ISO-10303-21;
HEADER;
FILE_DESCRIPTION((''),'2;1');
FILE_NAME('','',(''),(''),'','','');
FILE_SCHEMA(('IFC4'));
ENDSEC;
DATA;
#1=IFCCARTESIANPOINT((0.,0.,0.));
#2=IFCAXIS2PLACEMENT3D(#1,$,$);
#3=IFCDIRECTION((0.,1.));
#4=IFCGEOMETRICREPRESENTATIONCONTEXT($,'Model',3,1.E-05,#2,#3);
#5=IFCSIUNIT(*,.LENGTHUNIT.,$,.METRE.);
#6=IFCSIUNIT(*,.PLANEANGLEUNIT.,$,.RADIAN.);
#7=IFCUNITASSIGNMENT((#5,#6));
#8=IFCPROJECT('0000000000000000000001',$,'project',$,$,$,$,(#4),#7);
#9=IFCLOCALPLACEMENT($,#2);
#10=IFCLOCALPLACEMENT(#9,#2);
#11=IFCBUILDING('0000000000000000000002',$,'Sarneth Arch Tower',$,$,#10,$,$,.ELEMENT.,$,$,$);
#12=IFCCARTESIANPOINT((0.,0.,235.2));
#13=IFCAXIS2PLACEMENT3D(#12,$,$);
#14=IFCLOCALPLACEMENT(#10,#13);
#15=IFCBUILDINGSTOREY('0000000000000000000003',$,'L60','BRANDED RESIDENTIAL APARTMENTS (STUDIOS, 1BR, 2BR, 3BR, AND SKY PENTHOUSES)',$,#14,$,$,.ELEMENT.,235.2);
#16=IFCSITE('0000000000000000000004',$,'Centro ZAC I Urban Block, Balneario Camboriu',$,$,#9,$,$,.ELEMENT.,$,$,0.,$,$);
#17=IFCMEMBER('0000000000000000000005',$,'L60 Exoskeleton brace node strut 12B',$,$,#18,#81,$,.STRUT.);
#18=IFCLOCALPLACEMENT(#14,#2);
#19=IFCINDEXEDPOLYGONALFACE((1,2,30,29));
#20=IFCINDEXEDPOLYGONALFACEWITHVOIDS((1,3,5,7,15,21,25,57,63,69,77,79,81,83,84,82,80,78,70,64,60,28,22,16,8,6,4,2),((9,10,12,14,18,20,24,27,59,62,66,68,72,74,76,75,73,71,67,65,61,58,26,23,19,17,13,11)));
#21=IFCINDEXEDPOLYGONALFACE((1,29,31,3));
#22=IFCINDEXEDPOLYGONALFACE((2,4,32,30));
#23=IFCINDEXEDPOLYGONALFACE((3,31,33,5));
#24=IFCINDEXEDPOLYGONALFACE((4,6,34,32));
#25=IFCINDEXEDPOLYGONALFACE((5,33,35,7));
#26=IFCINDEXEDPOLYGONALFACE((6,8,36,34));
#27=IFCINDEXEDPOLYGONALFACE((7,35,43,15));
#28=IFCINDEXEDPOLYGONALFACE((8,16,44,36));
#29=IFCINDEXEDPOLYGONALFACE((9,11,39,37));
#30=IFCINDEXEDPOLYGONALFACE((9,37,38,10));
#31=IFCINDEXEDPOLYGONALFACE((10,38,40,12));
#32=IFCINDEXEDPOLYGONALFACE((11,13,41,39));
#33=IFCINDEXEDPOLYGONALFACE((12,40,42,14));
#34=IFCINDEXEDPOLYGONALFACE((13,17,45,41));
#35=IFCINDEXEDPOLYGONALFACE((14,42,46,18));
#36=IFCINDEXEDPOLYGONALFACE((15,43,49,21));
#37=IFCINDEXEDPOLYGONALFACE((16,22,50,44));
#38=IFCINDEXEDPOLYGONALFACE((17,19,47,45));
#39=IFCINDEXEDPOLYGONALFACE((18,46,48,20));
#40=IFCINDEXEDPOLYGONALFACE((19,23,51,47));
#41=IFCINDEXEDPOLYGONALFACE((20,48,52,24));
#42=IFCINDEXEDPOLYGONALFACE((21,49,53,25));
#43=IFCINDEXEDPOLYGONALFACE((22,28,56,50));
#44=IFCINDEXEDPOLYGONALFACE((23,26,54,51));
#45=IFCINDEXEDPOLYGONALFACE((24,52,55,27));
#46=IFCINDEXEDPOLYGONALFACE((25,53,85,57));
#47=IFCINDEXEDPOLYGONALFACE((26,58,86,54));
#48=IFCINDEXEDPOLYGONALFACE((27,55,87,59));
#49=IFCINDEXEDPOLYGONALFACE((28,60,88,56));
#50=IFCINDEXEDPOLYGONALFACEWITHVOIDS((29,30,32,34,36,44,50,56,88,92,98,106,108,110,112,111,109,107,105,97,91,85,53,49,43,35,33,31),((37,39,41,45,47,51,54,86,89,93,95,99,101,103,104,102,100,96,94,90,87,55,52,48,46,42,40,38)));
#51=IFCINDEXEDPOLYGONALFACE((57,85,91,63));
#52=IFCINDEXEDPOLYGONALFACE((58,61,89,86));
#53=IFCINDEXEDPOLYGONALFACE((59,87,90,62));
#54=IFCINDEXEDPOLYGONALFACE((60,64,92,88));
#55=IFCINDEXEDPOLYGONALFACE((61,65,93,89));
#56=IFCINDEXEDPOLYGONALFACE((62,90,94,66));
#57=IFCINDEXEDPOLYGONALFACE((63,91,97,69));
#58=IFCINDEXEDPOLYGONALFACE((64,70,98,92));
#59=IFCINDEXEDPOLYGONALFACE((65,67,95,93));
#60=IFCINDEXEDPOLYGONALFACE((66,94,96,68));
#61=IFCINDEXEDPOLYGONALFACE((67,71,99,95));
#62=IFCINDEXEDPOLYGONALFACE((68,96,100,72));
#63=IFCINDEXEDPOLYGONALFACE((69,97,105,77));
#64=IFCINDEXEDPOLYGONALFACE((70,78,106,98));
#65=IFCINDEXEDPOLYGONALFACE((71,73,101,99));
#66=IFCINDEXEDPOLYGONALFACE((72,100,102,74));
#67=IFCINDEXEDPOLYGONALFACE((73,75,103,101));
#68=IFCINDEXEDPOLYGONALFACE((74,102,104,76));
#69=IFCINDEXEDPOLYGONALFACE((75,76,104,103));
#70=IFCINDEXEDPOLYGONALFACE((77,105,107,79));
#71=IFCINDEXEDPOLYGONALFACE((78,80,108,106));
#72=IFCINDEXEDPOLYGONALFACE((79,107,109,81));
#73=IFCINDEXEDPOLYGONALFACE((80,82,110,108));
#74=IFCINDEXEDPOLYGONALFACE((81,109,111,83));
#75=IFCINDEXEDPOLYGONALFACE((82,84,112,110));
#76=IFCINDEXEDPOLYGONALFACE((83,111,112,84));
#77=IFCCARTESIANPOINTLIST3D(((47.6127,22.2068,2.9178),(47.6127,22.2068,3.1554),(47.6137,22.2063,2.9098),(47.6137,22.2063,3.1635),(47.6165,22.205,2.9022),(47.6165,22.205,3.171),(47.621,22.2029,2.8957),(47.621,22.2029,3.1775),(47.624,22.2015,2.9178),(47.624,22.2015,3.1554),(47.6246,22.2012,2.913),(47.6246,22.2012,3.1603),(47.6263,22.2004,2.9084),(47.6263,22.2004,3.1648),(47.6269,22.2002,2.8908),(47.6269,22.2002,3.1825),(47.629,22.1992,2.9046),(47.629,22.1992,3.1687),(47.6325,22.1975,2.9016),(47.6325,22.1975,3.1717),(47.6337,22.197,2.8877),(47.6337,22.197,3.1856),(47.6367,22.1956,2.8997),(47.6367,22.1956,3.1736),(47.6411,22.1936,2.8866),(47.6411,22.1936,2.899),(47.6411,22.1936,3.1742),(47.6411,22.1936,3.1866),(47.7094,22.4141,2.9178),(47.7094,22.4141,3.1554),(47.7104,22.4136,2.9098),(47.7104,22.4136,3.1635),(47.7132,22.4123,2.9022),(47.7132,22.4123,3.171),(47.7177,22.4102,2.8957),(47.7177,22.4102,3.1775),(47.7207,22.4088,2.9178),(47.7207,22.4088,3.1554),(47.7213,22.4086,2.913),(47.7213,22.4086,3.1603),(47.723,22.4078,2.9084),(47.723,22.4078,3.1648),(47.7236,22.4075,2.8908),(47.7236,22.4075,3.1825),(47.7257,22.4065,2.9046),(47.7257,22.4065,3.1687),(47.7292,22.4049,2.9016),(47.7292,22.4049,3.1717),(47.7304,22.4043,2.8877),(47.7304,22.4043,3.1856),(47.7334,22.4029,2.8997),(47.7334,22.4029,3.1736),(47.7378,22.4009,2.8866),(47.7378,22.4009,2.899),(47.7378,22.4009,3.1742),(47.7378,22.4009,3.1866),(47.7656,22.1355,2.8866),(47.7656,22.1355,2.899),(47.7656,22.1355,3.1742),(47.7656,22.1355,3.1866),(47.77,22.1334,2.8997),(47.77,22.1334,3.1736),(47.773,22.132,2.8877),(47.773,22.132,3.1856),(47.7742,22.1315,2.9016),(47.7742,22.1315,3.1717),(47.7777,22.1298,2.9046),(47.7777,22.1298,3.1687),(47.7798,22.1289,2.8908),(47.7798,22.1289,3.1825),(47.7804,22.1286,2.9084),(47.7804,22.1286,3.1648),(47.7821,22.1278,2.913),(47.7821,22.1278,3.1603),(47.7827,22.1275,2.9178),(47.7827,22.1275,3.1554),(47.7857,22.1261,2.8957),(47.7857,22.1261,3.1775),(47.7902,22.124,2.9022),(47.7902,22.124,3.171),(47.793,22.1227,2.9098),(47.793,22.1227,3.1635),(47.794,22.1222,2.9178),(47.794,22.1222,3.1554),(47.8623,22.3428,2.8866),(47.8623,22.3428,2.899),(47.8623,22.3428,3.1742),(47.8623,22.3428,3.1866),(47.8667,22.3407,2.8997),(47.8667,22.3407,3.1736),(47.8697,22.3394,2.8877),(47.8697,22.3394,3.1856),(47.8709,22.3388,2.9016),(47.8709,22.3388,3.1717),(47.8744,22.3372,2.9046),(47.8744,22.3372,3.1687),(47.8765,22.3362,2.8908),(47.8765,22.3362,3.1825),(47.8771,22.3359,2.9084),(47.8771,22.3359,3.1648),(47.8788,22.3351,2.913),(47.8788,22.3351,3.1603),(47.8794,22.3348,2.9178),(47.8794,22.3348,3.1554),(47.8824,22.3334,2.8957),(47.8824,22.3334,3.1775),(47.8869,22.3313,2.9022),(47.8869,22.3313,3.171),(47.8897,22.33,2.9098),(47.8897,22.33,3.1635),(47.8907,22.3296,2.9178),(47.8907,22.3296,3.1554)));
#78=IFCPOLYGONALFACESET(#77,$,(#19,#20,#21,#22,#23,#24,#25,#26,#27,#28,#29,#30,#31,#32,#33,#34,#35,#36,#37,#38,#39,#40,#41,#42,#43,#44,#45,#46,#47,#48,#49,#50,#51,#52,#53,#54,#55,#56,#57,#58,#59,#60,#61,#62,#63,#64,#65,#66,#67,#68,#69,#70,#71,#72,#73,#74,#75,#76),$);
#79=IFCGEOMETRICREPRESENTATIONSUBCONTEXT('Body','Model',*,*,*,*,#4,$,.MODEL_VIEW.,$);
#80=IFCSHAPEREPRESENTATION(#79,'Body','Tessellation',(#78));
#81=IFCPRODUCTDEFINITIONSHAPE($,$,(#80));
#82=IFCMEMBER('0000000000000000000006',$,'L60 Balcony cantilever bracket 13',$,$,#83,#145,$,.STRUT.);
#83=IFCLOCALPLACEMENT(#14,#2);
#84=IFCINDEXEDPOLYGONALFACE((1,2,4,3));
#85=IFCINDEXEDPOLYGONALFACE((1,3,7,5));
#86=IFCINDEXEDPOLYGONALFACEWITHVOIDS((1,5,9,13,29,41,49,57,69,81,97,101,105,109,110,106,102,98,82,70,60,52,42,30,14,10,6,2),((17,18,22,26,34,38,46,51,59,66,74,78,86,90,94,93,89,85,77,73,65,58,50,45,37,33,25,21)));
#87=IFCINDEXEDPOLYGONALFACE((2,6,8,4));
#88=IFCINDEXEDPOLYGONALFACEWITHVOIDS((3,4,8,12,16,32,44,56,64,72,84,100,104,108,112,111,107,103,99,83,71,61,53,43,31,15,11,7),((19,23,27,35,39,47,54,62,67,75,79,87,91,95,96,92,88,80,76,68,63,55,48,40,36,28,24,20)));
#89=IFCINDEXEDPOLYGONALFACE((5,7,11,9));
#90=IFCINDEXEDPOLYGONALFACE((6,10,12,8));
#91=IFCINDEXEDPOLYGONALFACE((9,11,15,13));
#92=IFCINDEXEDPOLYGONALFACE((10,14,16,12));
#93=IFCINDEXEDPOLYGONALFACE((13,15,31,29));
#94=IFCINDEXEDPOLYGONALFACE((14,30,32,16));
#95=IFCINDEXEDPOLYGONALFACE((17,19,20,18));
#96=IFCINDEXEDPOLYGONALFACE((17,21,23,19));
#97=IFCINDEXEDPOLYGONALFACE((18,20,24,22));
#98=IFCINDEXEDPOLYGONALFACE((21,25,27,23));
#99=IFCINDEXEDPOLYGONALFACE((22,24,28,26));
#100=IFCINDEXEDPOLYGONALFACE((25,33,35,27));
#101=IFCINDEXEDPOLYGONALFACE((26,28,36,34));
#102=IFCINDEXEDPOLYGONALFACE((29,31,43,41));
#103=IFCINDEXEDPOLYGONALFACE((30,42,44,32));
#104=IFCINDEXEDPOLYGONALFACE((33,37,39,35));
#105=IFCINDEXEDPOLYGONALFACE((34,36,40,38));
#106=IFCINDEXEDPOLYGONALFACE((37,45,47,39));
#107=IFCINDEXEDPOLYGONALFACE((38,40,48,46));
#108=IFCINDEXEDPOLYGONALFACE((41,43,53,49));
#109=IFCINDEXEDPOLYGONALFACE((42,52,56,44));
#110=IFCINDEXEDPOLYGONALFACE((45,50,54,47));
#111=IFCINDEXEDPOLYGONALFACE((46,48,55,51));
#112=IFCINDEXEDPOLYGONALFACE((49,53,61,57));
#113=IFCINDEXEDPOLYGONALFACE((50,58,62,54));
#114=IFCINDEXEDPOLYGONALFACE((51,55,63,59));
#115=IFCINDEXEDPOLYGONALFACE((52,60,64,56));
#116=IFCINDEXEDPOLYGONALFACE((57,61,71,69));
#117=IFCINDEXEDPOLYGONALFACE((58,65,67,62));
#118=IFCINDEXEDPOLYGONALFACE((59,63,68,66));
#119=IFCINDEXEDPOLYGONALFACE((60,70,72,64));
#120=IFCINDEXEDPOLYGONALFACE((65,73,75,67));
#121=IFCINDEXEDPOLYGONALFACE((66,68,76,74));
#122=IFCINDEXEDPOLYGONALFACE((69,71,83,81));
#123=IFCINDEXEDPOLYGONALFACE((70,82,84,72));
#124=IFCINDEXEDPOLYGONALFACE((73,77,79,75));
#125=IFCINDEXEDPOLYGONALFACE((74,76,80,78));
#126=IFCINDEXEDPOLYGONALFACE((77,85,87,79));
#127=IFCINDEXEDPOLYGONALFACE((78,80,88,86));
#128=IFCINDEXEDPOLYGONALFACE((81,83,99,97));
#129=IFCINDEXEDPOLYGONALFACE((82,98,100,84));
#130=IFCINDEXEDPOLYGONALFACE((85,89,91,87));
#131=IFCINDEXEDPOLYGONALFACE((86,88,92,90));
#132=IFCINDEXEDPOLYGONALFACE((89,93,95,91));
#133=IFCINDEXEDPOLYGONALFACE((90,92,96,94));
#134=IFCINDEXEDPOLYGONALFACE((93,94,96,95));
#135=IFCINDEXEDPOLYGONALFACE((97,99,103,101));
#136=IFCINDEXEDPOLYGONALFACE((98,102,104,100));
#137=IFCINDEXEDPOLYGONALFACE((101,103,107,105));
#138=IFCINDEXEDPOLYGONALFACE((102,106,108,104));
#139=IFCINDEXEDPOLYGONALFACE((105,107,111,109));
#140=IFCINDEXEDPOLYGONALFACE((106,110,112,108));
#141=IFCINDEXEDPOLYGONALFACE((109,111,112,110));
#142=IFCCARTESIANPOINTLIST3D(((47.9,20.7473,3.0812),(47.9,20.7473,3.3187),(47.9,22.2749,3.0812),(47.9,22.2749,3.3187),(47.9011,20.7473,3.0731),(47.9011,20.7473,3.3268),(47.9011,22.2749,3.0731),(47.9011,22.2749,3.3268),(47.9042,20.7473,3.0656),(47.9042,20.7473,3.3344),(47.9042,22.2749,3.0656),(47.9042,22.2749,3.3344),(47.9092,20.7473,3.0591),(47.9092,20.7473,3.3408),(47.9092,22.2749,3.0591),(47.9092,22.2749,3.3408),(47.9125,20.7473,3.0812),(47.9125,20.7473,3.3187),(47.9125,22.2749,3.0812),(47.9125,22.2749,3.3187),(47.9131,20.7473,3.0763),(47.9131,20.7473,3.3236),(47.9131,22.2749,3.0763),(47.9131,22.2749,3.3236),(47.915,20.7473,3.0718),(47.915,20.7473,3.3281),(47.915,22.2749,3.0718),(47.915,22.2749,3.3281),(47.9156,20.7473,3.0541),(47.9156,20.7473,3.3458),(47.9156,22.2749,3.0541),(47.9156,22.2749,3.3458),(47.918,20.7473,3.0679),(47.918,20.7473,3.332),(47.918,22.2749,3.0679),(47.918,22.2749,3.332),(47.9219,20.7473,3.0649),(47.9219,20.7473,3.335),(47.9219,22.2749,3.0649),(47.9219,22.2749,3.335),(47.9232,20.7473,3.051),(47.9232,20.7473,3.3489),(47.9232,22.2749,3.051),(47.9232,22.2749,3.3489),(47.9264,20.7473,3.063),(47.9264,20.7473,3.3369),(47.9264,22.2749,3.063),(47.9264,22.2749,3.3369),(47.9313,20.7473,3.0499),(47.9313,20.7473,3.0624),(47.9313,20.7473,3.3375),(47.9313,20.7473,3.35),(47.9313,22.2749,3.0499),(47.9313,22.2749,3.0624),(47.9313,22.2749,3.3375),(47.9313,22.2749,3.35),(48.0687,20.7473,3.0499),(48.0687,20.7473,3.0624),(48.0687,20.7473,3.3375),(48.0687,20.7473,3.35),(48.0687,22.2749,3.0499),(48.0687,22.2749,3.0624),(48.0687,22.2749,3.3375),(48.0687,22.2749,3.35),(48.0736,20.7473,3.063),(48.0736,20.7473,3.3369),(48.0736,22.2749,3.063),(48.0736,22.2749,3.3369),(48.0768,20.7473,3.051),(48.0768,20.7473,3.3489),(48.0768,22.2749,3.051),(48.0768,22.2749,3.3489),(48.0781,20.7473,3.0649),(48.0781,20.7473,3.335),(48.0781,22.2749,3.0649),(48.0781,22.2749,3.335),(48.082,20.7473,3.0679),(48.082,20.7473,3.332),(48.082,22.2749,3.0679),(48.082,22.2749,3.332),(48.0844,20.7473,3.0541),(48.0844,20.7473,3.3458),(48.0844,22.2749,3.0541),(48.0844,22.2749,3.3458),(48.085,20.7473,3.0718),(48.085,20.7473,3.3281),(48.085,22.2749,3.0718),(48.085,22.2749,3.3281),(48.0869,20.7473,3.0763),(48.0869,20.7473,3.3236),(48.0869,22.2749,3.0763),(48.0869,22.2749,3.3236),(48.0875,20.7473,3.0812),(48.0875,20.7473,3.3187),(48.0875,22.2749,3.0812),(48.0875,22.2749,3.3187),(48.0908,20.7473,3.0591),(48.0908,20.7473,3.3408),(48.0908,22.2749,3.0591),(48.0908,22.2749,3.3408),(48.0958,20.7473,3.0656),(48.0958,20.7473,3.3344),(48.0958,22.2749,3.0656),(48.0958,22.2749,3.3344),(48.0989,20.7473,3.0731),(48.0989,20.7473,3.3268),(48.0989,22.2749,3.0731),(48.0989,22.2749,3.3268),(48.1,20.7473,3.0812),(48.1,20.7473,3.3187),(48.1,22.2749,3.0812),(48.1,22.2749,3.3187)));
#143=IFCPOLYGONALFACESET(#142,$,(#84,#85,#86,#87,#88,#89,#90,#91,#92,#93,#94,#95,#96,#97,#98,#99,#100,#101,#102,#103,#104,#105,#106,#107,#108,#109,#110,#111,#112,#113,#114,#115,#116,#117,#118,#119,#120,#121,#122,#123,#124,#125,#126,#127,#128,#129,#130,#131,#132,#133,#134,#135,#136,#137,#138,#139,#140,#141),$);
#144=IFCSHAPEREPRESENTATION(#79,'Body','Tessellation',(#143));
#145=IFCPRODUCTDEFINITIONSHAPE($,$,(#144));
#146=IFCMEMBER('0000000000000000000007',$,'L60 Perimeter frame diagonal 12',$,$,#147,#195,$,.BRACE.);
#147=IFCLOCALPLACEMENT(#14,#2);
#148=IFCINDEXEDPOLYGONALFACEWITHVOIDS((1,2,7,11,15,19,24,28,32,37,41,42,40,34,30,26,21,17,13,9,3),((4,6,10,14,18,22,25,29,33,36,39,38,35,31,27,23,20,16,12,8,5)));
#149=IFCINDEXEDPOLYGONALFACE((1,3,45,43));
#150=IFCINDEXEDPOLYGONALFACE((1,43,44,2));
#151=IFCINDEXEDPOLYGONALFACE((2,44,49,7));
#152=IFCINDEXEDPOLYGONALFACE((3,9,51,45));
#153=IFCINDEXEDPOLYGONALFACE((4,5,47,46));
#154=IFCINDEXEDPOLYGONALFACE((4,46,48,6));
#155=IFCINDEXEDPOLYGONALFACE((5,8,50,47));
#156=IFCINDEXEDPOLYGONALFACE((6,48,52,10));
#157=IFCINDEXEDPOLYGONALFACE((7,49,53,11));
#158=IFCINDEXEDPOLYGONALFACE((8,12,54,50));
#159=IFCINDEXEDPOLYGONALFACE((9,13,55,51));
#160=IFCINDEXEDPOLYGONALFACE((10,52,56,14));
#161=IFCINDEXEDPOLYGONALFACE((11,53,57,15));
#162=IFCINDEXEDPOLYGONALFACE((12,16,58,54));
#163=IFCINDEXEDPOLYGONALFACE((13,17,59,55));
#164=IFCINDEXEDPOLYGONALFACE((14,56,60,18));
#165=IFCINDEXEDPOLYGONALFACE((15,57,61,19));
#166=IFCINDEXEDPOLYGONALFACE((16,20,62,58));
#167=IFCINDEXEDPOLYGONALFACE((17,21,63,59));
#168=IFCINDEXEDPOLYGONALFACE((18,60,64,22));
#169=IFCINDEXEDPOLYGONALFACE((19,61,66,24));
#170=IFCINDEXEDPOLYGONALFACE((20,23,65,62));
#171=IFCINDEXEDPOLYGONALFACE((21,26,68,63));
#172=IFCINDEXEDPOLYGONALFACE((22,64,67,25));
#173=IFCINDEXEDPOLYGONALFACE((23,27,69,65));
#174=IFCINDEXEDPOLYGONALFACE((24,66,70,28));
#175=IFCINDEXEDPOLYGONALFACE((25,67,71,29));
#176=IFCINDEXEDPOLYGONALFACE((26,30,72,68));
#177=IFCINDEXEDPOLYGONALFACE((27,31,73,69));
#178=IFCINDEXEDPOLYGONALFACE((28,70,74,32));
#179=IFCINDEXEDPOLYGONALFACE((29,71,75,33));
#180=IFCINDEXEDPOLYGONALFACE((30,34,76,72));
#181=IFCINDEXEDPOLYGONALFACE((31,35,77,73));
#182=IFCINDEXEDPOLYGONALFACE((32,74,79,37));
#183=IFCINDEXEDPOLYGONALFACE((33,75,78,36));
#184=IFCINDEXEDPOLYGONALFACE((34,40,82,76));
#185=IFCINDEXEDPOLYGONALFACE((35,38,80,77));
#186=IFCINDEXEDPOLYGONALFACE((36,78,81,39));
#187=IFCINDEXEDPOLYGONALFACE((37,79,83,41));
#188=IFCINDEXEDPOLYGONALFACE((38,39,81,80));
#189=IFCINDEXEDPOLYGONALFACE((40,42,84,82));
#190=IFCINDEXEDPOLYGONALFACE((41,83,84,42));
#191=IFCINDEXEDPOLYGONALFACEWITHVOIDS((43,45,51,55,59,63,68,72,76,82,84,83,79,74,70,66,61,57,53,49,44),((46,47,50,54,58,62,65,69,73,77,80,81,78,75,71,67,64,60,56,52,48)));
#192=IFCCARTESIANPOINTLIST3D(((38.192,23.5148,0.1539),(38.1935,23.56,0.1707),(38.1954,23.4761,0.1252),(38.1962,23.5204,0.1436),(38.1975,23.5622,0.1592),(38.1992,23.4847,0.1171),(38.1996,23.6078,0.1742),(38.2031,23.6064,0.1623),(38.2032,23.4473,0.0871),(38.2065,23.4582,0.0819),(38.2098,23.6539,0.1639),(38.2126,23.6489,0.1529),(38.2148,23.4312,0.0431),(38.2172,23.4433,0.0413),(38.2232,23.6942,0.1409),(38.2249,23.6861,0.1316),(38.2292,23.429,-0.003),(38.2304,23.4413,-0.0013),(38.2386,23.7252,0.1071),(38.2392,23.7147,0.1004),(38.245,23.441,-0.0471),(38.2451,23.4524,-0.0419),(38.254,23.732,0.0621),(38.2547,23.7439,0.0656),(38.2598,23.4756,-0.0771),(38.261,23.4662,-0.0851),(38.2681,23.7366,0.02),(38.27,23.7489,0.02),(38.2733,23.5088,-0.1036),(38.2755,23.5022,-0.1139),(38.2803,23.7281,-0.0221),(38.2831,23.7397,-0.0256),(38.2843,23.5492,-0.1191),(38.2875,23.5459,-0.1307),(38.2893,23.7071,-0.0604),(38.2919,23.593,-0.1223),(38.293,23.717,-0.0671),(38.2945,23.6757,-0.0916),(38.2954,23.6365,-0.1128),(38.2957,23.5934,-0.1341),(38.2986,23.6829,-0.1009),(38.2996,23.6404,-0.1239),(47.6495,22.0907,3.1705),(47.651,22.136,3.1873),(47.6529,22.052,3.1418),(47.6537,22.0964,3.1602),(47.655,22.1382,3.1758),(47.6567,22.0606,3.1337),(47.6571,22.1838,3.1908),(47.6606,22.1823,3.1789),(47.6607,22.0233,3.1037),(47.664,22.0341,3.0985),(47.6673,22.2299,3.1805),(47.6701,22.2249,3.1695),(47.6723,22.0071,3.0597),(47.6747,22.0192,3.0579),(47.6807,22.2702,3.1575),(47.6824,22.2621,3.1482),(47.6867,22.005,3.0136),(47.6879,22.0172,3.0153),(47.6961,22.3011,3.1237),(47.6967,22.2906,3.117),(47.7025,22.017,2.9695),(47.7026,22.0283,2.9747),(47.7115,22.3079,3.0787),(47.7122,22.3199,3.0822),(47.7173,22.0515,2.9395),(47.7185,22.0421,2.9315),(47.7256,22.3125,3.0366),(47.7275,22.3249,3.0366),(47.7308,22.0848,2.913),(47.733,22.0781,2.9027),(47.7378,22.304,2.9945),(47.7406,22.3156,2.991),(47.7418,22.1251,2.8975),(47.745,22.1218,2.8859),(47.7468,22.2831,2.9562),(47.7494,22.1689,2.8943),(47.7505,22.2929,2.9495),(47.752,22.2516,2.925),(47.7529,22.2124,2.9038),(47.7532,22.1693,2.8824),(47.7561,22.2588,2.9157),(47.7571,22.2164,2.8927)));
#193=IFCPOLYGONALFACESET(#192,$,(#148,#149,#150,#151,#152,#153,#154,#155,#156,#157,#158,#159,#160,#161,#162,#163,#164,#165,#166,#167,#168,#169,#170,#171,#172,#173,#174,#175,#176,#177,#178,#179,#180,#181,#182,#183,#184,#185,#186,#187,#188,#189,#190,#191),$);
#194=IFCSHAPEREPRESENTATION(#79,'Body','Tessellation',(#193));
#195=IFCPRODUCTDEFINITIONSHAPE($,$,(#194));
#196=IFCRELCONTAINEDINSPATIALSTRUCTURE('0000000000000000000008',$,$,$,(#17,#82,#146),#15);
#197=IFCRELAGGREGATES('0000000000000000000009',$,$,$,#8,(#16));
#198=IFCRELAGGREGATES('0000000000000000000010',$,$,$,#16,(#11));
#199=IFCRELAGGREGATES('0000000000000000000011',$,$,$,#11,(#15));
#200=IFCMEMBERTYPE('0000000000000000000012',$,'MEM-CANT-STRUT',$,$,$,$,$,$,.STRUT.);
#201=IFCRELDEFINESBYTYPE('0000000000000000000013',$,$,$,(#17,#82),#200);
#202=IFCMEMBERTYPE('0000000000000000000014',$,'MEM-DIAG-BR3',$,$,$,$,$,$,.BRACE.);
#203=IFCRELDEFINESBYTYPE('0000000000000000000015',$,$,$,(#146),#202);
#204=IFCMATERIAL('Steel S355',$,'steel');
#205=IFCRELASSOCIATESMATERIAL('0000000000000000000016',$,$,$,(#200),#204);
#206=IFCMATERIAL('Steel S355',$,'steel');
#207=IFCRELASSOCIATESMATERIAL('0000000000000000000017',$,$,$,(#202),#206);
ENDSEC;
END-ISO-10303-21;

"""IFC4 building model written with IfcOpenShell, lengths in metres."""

from ifc_helpers import new_model, si_unit, direction, frame, origin, origin_2d, place, context, subcontext, project, spatial, hollow_rectangle, hollow_circle, extrude, material, material_profile, profile_set, type_object, element, save


model = new_model("IFC4")

# Units and contexts
model_context = context("Model", 3, precision=1e-05, world=origin(), true_north=direction((0.0, 1.0)))
body_context = subcontext(model_context, "Body", "Model", "MODEL_VIEW")
ifc_project = project(units=[si_unit("LENGTHUNIT", "METRE"), si_unit("PLANEANGLEUNIT", "RADIAN")], contexts=[model_context])

# Site, building, storey
site_placement = place(None, origin())
site = spatial("IfcSite", under=ifc_project, at=site_placement, Name="Centro ZAC I Urban Block, Balneario Camboriu", CompositionType="ELEMENT", RefElevation=0.0)
building_placement = place(site_placement, origin())
building = spatial("IfcBuilding", under=site, at=building_placement, Name="Sarneth Arch Tower", CompositionType="ELEMENT")
storey_placement = place(building_placement, frame((0.0, 0.0, 235.2)))
storey = spatial("IfcBuildingStorey", under=building, at=storey_placement, Name="L60", Description="BRANDED RESIDENTIAL APARTMENTS (STUDIOS, 1BR, 2BR, 3BR, AND SKY PENTHOUSES)", CompositionType="ELEMENT", Elevation=235.2)

# Members
ifc_material_1 = material(Name="Steel S355", Category="steel")
ifc_material_profile_1 = material_profile(ifc_material_1, hollow_rectangle(XDim=0.2, YDim=0.3, WallThickness=0.0125, InnerFilletRadius=0.0188, OuterFilletRadius=0.0312, at=origin_2d()), Name="RHS300x200x12.5")
ifc_profile_set_1 = profile_set([ifc_material_profile_1], Name="Steel S355")
member_type_1 = type_object("IfcMemberType", Name="MEM-CANT-STRUT", PredefinedType="STRUT", material=ifc_profile_set_1)
member_1_placement = place(storey_placement, frame((47.8, 22.3718, 3.0366), z_axis=(-0.42271, -0.906265, 0.0), x_axis=(0.906265, -0.42271, 0.0)))
element("IfcMember", 1, at=member_1_placement, inside=storey, type_object=member_type_1, Name="L60 Exoskeleton brace node strut 12B", PredefinedType="STRUT", context=body_context, shape_type="SweptSolid", body=[
    extrude(hollow_rectangle(XDim=0.2, YDim=0.3, WallThickness=0.0125, InnerFilletRadius=0.0188, OuterFilletRadius=0.0312, at=origin_2d()), origin(), (0.0, 0.0, 1.0), 0.2288),
])
member_2_placement = place(storey_placement, frame((48.0, 22.2749, 3.2), z_axis=(0.0, -1.0, 0.0), x_axis=(1.0, 0.0, 0.0)))
element("IfcMember", 2, at=member_2_placement, inside=storey, type_object=member_type_1, Name="L60 Balcony cantilever bracket 13", PredefinedType="STRUT", context=body_context, shape_type="SweptSolid", body=[
    extrude(hollow_rectangle(XDim=0.2, YDim=0.3, WallThickness=0.0125, InnerFilletRadius=0.0188, OuterFilletRadius=0.0312, at=origin_2d()), origin(), (0.0, 0.0, 1.0), 1.5276),
])
ifc_material_2 = material(Name="Steel S355", Category="steel")
ifc_material_profile_2 = material_profile(ifc_material_2, hollow_circle(Radius=0.1621, WallThickness=0.0125, at=origin_2d()), Name="CHS324x12.5")
ifc_profile_set_2 = profile_set([ifc_material_profile_2], Name="Steel S355")
member_type_2 = type_object("IfcMemberType", Name="MEM-DIAG-BR3", PredefinedType="BRACE", material=ifc_profile_set_2)
member_3_placement = place(storey_placement, frame((38.2458, 23.5886, 0.02), z_axis=(0.943056, -0.142001, 0.3008), x_axis=(0.148897, 0.988853, 0.0)))
element("IfcMember", 3, at=member_3_placement, inside=storey, type_object=member_type_2, Name="L60 Perimeter frame diagonal 12", PredefinedType="BRACE", context=body_context, shape_type="SweptSolid", body=[
    extrude(hollow_circle(Radius=0.1621, WallThickness=0.0125, at=origin_2d()), origin(), (0.0, 0.0, 1.0), 10.0286),
])

save(model, "model.ifc")
